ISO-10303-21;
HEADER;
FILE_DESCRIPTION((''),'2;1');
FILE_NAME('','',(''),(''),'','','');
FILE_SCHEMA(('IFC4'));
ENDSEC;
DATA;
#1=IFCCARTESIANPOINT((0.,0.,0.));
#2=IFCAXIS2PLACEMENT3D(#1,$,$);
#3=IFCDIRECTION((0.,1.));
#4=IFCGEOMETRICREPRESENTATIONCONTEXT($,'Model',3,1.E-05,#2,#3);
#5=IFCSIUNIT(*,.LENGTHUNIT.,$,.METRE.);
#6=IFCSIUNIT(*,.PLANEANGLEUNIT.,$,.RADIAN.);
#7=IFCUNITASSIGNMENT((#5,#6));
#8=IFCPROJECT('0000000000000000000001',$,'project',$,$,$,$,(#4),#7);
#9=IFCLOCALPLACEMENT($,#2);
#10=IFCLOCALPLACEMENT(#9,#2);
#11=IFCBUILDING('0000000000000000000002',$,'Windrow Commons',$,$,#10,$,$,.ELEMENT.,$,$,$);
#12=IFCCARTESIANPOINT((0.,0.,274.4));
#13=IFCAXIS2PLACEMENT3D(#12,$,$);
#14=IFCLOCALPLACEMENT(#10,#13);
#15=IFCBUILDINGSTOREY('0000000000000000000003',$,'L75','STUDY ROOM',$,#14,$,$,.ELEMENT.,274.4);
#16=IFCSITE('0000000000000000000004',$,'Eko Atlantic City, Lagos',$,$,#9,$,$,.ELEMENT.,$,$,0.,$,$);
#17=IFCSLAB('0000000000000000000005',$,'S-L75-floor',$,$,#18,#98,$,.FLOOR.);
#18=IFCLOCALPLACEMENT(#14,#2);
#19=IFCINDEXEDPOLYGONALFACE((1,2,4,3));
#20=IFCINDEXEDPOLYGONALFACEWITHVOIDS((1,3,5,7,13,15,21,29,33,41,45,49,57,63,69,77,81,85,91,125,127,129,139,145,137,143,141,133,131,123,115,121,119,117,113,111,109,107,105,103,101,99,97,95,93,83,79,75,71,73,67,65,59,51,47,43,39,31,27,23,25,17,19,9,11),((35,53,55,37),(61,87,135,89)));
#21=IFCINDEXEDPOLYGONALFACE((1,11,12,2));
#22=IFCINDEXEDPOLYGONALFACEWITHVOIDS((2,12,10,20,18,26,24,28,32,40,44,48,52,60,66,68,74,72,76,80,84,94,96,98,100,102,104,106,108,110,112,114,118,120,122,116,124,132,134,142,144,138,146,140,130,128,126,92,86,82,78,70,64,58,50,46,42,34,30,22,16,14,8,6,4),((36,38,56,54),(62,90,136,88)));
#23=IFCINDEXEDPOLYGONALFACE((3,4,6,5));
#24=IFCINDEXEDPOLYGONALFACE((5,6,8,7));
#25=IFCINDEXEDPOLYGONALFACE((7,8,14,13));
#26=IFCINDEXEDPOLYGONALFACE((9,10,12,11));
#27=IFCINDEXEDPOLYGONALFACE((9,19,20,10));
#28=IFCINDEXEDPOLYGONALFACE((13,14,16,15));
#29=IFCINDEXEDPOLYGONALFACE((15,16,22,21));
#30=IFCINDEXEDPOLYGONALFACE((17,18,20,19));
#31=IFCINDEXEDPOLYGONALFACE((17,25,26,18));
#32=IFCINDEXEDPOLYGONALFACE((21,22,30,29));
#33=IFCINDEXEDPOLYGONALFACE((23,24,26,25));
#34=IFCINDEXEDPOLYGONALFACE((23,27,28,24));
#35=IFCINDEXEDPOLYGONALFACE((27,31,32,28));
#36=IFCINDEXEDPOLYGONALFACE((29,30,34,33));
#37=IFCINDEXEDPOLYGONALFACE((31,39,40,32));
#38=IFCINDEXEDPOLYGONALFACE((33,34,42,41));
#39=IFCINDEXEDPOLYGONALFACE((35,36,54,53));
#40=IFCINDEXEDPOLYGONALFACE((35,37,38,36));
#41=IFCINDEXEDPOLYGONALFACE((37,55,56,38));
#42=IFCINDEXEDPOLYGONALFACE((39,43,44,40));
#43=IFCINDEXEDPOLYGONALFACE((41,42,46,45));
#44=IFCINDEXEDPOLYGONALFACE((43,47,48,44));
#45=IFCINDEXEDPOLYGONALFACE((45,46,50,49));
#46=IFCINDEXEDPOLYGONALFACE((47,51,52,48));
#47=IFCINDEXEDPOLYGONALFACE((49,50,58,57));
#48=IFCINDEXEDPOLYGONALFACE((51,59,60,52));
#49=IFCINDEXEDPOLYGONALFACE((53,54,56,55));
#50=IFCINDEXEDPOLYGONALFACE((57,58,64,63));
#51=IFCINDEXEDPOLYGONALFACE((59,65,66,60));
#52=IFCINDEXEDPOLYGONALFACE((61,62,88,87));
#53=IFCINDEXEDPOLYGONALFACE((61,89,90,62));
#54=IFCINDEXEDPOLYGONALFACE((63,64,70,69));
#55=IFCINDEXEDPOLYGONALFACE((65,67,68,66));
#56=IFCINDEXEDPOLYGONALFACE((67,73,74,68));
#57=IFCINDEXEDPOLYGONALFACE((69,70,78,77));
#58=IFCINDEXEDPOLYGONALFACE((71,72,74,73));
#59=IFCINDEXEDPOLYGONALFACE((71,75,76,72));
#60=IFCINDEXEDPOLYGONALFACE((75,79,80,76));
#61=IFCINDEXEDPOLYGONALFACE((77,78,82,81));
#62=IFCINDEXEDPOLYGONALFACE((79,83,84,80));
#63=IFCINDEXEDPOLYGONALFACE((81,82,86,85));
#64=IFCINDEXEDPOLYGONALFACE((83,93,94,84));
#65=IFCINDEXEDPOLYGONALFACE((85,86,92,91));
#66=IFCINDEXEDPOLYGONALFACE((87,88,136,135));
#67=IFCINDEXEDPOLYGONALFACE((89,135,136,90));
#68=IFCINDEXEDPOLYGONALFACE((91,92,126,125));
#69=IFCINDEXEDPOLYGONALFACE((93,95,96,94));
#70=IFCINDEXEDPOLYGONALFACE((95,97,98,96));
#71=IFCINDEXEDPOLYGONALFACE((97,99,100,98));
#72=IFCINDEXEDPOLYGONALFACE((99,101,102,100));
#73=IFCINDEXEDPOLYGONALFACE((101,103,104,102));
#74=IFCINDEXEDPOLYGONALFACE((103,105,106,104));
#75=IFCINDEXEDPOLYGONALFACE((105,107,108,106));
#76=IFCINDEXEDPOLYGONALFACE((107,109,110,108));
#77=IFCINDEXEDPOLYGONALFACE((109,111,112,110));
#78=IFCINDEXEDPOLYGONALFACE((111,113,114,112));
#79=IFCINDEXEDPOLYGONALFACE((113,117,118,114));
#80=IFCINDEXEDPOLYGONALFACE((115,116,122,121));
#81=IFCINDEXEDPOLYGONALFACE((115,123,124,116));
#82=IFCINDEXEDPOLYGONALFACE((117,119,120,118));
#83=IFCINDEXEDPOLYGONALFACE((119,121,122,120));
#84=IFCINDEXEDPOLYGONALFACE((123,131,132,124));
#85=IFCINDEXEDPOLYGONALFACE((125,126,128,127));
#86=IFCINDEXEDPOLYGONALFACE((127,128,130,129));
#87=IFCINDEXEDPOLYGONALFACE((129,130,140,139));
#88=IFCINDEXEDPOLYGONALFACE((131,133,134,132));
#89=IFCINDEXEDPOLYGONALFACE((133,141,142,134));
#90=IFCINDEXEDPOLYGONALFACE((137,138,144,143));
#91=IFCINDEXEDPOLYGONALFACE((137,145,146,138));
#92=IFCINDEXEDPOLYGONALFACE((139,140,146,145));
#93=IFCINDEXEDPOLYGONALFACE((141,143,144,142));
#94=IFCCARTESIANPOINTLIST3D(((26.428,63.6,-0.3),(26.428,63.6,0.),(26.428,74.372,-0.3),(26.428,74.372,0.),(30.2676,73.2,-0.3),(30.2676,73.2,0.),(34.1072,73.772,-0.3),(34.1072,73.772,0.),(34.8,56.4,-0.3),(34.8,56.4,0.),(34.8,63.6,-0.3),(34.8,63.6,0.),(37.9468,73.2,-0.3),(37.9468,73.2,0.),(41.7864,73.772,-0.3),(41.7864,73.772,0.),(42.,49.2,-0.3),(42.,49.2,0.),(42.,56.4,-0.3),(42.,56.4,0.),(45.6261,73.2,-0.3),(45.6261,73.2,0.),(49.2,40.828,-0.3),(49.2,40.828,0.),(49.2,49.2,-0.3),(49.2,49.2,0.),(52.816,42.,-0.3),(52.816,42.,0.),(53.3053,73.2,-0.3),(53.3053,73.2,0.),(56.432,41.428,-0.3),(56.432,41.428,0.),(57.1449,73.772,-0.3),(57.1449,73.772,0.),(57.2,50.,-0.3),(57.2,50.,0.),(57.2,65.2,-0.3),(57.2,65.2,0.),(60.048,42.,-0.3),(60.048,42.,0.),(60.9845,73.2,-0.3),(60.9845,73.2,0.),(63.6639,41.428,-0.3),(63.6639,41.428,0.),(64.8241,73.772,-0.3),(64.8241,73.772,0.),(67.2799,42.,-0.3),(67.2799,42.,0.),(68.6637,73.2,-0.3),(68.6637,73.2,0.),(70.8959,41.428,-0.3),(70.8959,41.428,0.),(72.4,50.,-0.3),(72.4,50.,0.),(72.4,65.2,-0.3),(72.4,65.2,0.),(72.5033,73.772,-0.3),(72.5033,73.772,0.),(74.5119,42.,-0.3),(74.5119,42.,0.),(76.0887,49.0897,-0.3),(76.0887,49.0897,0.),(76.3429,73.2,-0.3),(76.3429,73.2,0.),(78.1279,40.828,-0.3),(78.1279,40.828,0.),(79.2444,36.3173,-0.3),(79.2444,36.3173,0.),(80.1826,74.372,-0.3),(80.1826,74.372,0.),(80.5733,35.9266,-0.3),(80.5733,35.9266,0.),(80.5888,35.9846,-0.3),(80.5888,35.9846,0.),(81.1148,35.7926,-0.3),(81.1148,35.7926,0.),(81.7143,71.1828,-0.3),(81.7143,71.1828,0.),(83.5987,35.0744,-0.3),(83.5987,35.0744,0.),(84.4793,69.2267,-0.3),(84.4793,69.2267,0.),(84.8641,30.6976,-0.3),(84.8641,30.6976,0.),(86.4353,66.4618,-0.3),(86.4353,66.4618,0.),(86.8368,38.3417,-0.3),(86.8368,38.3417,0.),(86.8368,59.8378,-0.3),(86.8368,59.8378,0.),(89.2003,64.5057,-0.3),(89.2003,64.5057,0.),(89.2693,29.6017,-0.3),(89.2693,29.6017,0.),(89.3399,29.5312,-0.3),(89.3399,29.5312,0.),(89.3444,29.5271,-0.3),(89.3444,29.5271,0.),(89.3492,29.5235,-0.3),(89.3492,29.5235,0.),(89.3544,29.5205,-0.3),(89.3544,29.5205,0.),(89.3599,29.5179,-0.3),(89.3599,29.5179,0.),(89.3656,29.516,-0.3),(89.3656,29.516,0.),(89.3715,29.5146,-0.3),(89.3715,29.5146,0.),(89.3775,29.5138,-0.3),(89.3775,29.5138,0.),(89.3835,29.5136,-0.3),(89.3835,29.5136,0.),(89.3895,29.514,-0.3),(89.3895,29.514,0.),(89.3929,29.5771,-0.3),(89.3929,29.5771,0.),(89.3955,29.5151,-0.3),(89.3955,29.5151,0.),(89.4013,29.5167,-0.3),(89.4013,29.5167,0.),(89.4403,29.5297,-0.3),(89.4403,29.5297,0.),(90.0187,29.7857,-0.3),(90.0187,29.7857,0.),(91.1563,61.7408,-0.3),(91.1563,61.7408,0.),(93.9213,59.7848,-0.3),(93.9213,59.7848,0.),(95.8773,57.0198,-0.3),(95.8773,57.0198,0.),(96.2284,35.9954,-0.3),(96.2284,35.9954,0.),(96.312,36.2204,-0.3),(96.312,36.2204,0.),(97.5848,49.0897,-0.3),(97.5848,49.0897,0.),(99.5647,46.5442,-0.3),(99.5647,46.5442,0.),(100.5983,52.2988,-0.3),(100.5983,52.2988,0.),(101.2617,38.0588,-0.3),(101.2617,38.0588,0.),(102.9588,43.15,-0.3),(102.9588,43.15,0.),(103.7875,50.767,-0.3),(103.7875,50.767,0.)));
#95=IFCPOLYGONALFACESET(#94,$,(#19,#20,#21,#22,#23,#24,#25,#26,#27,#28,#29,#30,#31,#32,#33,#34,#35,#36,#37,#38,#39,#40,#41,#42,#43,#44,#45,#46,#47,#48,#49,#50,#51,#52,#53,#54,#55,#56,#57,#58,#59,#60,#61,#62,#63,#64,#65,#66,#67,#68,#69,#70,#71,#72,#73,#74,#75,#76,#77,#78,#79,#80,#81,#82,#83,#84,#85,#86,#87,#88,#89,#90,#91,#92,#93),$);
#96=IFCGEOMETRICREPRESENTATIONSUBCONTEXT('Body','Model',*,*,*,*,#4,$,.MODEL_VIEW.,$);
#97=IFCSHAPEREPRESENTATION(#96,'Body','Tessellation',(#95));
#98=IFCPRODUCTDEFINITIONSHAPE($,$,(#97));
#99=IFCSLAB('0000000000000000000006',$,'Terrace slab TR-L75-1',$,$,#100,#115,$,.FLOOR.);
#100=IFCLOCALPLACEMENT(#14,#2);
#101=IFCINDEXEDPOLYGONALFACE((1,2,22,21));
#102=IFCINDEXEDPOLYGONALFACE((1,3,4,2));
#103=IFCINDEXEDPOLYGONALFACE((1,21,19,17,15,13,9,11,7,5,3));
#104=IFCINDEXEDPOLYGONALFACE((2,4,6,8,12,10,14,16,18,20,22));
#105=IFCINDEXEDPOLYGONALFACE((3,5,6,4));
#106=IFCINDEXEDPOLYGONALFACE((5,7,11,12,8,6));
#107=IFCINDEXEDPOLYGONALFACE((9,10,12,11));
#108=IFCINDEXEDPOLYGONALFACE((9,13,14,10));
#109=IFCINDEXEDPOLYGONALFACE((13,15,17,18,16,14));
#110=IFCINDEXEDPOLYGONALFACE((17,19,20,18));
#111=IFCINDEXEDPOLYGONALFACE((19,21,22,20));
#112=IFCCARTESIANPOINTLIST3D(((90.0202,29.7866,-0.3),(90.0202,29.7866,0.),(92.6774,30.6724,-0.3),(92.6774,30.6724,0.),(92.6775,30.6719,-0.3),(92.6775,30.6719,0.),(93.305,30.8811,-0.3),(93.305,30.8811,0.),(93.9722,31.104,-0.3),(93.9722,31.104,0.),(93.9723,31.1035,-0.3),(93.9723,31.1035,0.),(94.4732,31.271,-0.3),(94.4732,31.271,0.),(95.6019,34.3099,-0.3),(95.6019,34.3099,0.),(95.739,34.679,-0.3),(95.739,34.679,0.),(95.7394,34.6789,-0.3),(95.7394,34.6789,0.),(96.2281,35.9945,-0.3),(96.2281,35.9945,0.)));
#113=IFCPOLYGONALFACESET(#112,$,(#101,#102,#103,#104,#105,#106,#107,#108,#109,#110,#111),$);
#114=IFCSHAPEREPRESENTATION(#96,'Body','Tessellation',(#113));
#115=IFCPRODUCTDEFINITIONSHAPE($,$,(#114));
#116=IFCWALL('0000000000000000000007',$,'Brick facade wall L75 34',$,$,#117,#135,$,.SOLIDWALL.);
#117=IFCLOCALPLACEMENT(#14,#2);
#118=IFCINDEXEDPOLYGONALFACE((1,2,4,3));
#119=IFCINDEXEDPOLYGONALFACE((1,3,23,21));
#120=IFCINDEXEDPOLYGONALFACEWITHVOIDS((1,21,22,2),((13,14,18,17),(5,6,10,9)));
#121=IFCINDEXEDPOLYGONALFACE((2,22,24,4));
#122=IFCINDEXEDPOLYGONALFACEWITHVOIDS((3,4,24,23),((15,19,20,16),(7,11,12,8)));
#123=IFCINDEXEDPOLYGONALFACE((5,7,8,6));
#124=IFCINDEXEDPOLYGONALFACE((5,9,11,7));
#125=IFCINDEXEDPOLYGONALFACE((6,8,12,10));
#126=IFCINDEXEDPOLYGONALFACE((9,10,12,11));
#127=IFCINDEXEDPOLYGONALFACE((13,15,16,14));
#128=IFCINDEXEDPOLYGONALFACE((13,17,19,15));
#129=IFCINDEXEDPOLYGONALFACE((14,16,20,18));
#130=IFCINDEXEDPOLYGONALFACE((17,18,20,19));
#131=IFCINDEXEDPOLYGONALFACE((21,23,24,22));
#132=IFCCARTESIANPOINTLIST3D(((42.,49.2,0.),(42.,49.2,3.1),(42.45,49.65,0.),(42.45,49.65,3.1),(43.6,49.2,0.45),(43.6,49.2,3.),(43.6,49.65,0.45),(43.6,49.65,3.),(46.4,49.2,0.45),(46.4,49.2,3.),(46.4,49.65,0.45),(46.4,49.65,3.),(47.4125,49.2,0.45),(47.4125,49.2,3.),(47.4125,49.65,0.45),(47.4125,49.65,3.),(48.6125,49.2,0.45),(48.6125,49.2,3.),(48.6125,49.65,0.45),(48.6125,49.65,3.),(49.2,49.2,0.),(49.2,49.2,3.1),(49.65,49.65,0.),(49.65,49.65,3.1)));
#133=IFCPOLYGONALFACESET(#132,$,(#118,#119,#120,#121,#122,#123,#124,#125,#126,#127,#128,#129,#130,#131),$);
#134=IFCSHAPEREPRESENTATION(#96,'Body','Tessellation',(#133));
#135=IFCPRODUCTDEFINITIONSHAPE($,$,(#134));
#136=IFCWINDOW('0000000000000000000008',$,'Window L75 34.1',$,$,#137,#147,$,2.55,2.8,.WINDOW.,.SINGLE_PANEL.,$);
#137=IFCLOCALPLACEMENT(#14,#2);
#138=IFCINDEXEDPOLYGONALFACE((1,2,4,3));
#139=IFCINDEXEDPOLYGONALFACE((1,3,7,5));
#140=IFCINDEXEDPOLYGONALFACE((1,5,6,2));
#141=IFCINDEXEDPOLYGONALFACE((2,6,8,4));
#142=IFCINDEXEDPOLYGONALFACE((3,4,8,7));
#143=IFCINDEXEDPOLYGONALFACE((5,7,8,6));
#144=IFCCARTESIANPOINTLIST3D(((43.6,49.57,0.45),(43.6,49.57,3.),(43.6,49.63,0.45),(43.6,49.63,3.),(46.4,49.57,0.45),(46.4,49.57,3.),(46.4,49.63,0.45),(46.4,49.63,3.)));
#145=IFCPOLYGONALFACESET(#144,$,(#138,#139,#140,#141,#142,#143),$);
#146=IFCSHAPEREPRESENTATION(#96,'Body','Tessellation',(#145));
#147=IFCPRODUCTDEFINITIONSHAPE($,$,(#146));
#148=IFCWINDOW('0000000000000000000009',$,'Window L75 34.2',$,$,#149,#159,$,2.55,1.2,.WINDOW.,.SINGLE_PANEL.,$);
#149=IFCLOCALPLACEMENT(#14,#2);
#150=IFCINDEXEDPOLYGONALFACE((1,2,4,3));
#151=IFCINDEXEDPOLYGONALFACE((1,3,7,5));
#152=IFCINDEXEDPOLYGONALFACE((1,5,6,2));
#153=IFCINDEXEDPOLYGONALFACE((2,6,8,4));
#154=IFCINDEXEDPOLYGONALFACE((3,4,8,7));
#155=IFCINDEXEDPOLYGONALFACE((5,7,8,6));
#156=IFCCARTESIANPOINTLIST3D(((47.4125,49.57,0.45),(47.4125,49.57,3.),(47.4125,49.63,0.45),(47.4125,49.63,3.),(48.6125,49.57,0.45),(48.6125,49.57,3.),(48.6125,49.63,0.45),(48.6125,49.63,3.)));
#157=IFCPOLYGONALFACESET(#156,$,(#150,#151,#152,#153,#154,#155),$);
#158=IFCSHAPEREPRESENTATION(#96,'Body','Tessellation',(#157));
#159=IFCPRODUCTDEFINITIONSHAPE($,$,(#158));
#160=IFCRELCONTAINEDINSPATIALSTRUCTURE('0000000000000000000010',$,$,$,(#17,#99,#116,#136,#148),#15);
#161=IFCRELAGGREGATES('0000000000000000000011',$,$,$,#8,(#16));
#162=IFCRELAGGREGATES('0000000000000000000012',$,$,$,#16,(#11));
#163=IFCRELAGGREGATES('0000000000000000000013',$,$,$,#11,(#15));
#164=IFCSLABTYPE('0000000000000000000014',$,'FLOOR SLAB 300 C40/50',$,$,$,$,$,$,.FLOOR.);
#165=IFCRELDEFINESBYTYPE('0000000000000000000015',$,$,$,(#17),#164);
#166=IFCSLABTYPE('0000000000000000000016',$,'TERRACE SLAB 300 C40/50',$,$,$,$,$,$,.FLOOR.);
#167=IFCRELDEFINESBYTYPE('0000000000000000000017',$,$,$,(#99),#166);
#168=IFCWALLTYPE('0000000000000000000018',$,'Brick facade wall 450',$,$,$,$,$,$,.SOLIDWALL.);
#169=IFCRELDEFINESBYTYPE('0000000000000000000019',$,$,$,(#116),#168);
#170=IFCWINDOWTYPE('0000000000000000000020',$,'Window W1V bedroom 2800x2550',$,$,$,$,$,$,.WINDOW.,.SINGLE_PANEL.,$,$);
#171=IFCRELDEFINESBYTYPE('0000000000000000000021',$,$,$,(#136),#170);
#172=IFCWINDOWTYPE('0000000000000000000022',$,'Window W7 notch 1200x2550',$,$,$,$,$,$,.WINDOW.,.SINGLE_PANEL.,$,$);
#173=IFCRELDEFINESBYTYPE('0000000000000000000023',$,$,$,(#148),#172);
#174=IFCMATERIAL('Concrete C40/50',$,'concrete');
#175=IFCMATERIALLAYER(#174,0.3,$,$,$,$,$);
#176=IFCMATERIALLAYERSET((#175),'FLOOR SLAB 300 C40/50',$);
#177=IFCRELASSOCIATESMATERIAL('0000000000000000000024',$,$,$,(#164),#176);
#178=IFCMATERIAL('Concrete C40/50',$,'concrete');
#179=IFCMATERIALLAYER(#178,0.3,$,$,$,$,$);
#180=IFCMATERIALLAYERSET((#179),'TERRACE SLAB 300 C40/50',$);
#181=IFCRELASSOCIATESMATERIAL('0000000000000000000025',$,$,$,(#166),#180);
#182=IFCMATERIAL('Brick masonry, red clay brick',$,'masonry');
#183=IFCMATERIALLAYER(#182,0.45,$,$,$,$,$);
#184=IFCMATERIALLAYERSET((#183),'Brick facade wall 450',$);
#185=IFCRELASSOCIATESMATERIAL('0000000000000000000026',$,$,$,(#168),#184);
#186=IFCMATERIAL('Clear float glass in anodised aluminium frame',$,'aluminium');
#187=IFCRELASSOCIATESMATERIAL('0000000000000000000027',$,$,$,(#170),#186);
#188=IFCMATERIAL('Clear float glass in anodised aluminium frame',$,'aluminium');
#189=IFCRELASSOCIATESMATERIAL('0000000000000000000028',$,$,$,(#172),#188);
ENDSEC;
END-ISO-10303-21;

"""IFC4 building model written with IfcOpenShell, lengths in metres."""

from ifc_helpers import new_model, si_unit, direction, frame, frame_2d, origin, place, context, subcontext, project, spatial, polyline, rectangle, outline, extrude, material, layer, layer_set, type_object, element, fill, save


model = new_model("IFC4")

# Units and contexts
model_context = context("Model", 3, precision=1e-05, world=origin(), true_north=direction((0.0, 1.0)))
body_context = subcontext(model_context, "Body", "Model", "MODEL_VIEW")
ifc_project = project(units=[si_unit("LENGTHUNIT", "METRE"), si_unit("PLANEANGLEUNIT", "RADIAN")], contexts=[model_context])

# Site, building, storey
site_placement = place(None, origin())
site = spatial("IfcSite", under=ifc_project, at=site_placement, Name="Eko Atlantic City, Lagos", CompositionType="ELEMENT", RefElevation=0.0)
building_placement = place(site_placement, origin())
building = spatial("IfcBuilding", under=site, at=building_placement, Name="Windrow Commons", CompositionType="ELEMENT")
storey_placement = place(building_placement, frame((0.0, 0.0, 274.4)))
storey = spatial("IfcBuildingStorey", under=building, at=storey_placement, Name="L75", Description="STUDY ROOM", CompositionType="ELEMENT", Elevation=274.4)

# Shared definitions
placement_1 = place(storey_placement, frame((0.0, 0.0, -0.3)))

# Slab, openings
ifc_material_1 = material(Name="Concrete C40/50", Category="concrete")
ifc_layer_1 = layer(ifc_material_1, 0.3)
ifc_layer_set_1 = layer_set([ifc_layer_1], Name="FLOOR SLAB 300 C40/50")
slab_type_1 = type_object("IfcSlabType", Name="FLOOR SLAB 300 C40/50", PredefinedType="FLOOR", material=ifc_layer_set_1)
slab_1 = element("IfcSlab", 1, at=placement_1, inside=storey, type_object=slab_type_1, Name="S-L75-floor", PredefinedType="FLOOR", context=body_context, shape_type="SweptSolid", body=[
    extrude(outline(polyline([(89.3955, 29.5151), (89.4013, 29.5167), (89.4403, 29.5297), (89.3929, 29.5771), (90.0187, 29.7857), (96.2284, 35.9954), (96.312, 36.2204), (101.2617, 38.0588), (102.9588, 43.15), (99.5647, 46.5442), (103.7875, 50.767), (100.5983, 52.2988), (95.8773, 57.0198), (93.9213, 59.7848), (91.1563, 61.7408), (89.2003, 64.5057), (86.4353, 66.4618), (84.4793, 69.2267), (81.7143, 71.1828), (80.1826, 74.372), (76.3429, 73.2), (72.5033, 73.772), (68.6637, 73.2), (64.8241, 73.772), (60.9845, 73.2), (57.1449, 73.772), (53.3053, 73.2), (45.6261, 73.2), (41.7864, 73.772), (37.9468, 73.2), (34.1072, 73.772), (30.2676, 73.2), (26.428, 74.372), (26.428, 63.6), (34.8, 63.6), (34.8, 56.4), (42.0, 56.4), (42.0, 49.2), (49.2, 49.2), (49.2, 40.828), (52.816, 42.0), (56.432, 41.428), (60.048, 42.0), (63.6639, 41.428), (67.2799, 42.0), (70.8959, 41.428), (74.5119, 42.0), (78.1279, 40.828), (79.2444, 36.3173), (80.5888, 35.9846), (80.5733, 35.9266), (81.1148, 35.7926), (83.5987, 35.0744), (84.8641, 30.6976), (89.2693, 29.6017), (89.3399, 29.5312), (89.3444, 29.5271), (89.3492, 29.5235), (89.3544, 29.5205), (89.3599, 29.5179), (89.3656, 29.516), (89.3715, 29.5146), (89.3775, 29.5138), (89.3835, 29.5136), (89.3895, 29.514), (89.3955, 29.5151)]), holes=[polyline([(76.0887, 49.0897), (86.8368, 59.8378), (97.5848, 49.0897), (86.8368, 38.3417), (76.0887, 49.0897)]), polyline([(57.2, 50.0), (57.2, 65.2), (72.4, 65.2), (72.4, 50.0), (57.2, 50.0)])]), origin(), (0.0, 0.0, 1.0), 0.3),
])
opening_1_placement = place(placement_1, origin())
element("IfcOpeningElement", 2, at=opening_1_placement, cuts=slab_1, PredefinedType="OPENING", context=body_context, shape_type="SweptSolid", body=[
    extrude(outline(polyline([(76.0958, 49.0897), (86.8368, 59.8307), (97.5777, 49.0897), (86.8368, 38.3488), (76.0958, 49.0897)])), origin(), (0.0, 0.0, 1.0), 0.3),
])
opening_2_placement = place(placement_1, origin())
element("IfcOpeningElement", 3, at=opening_2_placement, cuts=slab_1, PredefinedType="OPENING", context=body_context, shape_type="SweptSolid", body=[
    extrude(outline(polyline([(57.205, 50.005), (57.205, 65.195), (72.395, 65.195), (72.395, 50.005), (57.205, 50.005)])), origin(), (0.0, 0.0, 1.0), 0.3),
])

# Slab
ifc_material_2 = material(Name="Concrete C40/50", Category="concrete")
ifc_layer_2 = layer(ifc_material_2, 0.3)
ifc_layer_set_2 = layer_set([ifc_layer_2], Name="TERRACE SLAB 300 C40/50")
slab_type_2 = type_object("IfcSlabType", Name="TERRACE SLAB 300 C40/50", PredefinedType="FLOOR", material=ifc_layer_set_2)
element("IfcSlab", 4, at=placement_1, inside=storey, type_object=slab_type_2, Name="Terrace slab TR-L75-1", PredefinedType="FLOOR", context=body_context, shape_type="SweptSolid", body=[
    extrude(outline(polyline([(95.7394, 34.6789), (96.2281, 35.9945), (90.0202, 29.7866), (92.6774, 30.6724), (92.6775, 30.6719), (93.305, 30.8811), (93.9723, 31.1035), (93.9722, 31.104), (94.4732, 31.271), (95.6019, 34.3099), (95.739, 34.679), (95.7394, 34.6789)])), origin(), (0.0, 0.0, 1.0), 0.3),
])

# Wall, openings, windows
ifc_material_3 = material(Name="Brick masonry, red clay brick", Category="masonry")
ifc_layer_3 = layer(ifc_material_3, 0.45)
ifc_layer_set_3 = layer_set([ifc_layer_3], Name="Brick facade wall 450")
wall_type_1 = type_object("IfcWallType", Name="Brick facade wall 450", PredefinedType="SOLIDWALL", material=ifc_layer_set_3)
wall_1_placement = place(storey_placement, frame((42.225, 49.425, 0.0), z_axis=(0.0, 0.0, 1.0), x_axis=(1.0, 0.0, 0.0)))
wall_1 = element("IfcWall", 5, at=wall_1_placement, inside=storey, type_object=wall_type_1, Name="Brick facade wall L75 34", PredefinedType="SOLIDWALL", context=body_context, shape_type="SweptSolid", body=[
    extrude(outline(polyline([(-0.225, -0.225), (6.975, -0.225), (7.425, 0.225), (0.225, 0.225), (-0.225, -0.225)])), origin(), (0.0, 0.0, 1.0), 3.1),
])
opening_3_placement = place(wall_1_placement, frame((1.375, 0.0, 0.45)))
opening_3 = element("IfcOpeningElement", 6, at=opening_3_placement, cuts=wall_1, PredefinedType="OPENING", context=body_context, shape_type="SweptSolid", body=[
    extrude(rectangle(XDim=2.8, YDim=2.55, at=frame_2d((1.4, 1.275))), frame((0.0, 0.235, 0.0), z_axis=(0.0, -1.0, 0.0), x_axis=(1.0, 0.0, 0.0)), (0.0, 0.0, 1.0), 0.47),
])
opening_4_placement = place(wall_1_placement, frame((5.1875, 0.0, 0.45)))
opening_4 = element("IfcOpeningElement", 7, at=opening_4_placement, cuts=wall_1, PredefinedType="OPENING", context=body_context, shape_type="SweptSolid", body=[
    extrude(rectangle(XDim=1.2, YDim=2.55, at=frame_2d((0.6, 1.275))), frame((0.0, 0.235, 0.0), z_axis=(0.0, -1.0, 0.0), x_axis=(1.0, 0.0, 0.0)), (0.0, 0.0, 1.0), 0.47),
])
ifc_material_4 = material(Name="Clear float glass in anodised aluminium frame", Category="aluminium")
window_type_1 = type_object("IfcWindowType", Name="Window W1V bedroom 2800x2550", PartitioningType="SINGLE_PANEL", PredefinedType="WINDOW", material=ifc_material_4)
window_1_placement = place(opening_3_placement, origin())
window_1 = element("IfcWindow", 8, at=window_1_placement, inside=storey, type_object=window_type_1, Name="Window L75 34.1", OverallHeight=2.55, OverallWidth=2.8, PartitioningType="SINGLE_PANEL", PredefinedType="WINDOW", context=body_context, shape_type="SweptSolid", body=[
    extrude(rectangle(XDim=2.8, YDim=2.55, at=frame_2d((1.4, 1.275))), frame((0.0, 0.205, 0.0), z_axis=(0.0, -1.0, 0.0), x_axis=(1.0, 0.0, 0.0)), (0.0, 0.0, 1.0), 0.06),
])
fill(opening_3, window_1)
ifc_material_5 = material(Name="Clear float glass in anodised aluminium frame", Category="aluminium")
window_type_2 = type_object("IfcWindowType", Name="Window W7 notch 1200x2550", PartitioningType="SINGLE_PANEL", PredefinedType="WINDOW", material=ifc_material_5)
window_2_placement = place(opening_4_placement, origin())
window_2 = element("IfcWindow", 9, at=window_2_placement, inside=storey, type_object=window_type_2, Name="Window L75 34.2", OverallHeight=2.55, OverallWidth=1.2, PartitioningType="SINGLE_PANEL", PredefinedType="WINDOW", context=body_context, shape_type="SweptSolid", body=[
    extrude(rectangle(XDim=1.2, YDim=2.55, at=frame_2d((0.6, 1.275))), frame((0.0, 0.205, 0.0), z_axis=(0.0, -1.0, 0.0), x_axis=(1.0, 0.0, 0.0)), (0.0, 0.0, 1.0), 0.06),
])
fill(opening_4, window_2)

save(model, "model.ifc")
